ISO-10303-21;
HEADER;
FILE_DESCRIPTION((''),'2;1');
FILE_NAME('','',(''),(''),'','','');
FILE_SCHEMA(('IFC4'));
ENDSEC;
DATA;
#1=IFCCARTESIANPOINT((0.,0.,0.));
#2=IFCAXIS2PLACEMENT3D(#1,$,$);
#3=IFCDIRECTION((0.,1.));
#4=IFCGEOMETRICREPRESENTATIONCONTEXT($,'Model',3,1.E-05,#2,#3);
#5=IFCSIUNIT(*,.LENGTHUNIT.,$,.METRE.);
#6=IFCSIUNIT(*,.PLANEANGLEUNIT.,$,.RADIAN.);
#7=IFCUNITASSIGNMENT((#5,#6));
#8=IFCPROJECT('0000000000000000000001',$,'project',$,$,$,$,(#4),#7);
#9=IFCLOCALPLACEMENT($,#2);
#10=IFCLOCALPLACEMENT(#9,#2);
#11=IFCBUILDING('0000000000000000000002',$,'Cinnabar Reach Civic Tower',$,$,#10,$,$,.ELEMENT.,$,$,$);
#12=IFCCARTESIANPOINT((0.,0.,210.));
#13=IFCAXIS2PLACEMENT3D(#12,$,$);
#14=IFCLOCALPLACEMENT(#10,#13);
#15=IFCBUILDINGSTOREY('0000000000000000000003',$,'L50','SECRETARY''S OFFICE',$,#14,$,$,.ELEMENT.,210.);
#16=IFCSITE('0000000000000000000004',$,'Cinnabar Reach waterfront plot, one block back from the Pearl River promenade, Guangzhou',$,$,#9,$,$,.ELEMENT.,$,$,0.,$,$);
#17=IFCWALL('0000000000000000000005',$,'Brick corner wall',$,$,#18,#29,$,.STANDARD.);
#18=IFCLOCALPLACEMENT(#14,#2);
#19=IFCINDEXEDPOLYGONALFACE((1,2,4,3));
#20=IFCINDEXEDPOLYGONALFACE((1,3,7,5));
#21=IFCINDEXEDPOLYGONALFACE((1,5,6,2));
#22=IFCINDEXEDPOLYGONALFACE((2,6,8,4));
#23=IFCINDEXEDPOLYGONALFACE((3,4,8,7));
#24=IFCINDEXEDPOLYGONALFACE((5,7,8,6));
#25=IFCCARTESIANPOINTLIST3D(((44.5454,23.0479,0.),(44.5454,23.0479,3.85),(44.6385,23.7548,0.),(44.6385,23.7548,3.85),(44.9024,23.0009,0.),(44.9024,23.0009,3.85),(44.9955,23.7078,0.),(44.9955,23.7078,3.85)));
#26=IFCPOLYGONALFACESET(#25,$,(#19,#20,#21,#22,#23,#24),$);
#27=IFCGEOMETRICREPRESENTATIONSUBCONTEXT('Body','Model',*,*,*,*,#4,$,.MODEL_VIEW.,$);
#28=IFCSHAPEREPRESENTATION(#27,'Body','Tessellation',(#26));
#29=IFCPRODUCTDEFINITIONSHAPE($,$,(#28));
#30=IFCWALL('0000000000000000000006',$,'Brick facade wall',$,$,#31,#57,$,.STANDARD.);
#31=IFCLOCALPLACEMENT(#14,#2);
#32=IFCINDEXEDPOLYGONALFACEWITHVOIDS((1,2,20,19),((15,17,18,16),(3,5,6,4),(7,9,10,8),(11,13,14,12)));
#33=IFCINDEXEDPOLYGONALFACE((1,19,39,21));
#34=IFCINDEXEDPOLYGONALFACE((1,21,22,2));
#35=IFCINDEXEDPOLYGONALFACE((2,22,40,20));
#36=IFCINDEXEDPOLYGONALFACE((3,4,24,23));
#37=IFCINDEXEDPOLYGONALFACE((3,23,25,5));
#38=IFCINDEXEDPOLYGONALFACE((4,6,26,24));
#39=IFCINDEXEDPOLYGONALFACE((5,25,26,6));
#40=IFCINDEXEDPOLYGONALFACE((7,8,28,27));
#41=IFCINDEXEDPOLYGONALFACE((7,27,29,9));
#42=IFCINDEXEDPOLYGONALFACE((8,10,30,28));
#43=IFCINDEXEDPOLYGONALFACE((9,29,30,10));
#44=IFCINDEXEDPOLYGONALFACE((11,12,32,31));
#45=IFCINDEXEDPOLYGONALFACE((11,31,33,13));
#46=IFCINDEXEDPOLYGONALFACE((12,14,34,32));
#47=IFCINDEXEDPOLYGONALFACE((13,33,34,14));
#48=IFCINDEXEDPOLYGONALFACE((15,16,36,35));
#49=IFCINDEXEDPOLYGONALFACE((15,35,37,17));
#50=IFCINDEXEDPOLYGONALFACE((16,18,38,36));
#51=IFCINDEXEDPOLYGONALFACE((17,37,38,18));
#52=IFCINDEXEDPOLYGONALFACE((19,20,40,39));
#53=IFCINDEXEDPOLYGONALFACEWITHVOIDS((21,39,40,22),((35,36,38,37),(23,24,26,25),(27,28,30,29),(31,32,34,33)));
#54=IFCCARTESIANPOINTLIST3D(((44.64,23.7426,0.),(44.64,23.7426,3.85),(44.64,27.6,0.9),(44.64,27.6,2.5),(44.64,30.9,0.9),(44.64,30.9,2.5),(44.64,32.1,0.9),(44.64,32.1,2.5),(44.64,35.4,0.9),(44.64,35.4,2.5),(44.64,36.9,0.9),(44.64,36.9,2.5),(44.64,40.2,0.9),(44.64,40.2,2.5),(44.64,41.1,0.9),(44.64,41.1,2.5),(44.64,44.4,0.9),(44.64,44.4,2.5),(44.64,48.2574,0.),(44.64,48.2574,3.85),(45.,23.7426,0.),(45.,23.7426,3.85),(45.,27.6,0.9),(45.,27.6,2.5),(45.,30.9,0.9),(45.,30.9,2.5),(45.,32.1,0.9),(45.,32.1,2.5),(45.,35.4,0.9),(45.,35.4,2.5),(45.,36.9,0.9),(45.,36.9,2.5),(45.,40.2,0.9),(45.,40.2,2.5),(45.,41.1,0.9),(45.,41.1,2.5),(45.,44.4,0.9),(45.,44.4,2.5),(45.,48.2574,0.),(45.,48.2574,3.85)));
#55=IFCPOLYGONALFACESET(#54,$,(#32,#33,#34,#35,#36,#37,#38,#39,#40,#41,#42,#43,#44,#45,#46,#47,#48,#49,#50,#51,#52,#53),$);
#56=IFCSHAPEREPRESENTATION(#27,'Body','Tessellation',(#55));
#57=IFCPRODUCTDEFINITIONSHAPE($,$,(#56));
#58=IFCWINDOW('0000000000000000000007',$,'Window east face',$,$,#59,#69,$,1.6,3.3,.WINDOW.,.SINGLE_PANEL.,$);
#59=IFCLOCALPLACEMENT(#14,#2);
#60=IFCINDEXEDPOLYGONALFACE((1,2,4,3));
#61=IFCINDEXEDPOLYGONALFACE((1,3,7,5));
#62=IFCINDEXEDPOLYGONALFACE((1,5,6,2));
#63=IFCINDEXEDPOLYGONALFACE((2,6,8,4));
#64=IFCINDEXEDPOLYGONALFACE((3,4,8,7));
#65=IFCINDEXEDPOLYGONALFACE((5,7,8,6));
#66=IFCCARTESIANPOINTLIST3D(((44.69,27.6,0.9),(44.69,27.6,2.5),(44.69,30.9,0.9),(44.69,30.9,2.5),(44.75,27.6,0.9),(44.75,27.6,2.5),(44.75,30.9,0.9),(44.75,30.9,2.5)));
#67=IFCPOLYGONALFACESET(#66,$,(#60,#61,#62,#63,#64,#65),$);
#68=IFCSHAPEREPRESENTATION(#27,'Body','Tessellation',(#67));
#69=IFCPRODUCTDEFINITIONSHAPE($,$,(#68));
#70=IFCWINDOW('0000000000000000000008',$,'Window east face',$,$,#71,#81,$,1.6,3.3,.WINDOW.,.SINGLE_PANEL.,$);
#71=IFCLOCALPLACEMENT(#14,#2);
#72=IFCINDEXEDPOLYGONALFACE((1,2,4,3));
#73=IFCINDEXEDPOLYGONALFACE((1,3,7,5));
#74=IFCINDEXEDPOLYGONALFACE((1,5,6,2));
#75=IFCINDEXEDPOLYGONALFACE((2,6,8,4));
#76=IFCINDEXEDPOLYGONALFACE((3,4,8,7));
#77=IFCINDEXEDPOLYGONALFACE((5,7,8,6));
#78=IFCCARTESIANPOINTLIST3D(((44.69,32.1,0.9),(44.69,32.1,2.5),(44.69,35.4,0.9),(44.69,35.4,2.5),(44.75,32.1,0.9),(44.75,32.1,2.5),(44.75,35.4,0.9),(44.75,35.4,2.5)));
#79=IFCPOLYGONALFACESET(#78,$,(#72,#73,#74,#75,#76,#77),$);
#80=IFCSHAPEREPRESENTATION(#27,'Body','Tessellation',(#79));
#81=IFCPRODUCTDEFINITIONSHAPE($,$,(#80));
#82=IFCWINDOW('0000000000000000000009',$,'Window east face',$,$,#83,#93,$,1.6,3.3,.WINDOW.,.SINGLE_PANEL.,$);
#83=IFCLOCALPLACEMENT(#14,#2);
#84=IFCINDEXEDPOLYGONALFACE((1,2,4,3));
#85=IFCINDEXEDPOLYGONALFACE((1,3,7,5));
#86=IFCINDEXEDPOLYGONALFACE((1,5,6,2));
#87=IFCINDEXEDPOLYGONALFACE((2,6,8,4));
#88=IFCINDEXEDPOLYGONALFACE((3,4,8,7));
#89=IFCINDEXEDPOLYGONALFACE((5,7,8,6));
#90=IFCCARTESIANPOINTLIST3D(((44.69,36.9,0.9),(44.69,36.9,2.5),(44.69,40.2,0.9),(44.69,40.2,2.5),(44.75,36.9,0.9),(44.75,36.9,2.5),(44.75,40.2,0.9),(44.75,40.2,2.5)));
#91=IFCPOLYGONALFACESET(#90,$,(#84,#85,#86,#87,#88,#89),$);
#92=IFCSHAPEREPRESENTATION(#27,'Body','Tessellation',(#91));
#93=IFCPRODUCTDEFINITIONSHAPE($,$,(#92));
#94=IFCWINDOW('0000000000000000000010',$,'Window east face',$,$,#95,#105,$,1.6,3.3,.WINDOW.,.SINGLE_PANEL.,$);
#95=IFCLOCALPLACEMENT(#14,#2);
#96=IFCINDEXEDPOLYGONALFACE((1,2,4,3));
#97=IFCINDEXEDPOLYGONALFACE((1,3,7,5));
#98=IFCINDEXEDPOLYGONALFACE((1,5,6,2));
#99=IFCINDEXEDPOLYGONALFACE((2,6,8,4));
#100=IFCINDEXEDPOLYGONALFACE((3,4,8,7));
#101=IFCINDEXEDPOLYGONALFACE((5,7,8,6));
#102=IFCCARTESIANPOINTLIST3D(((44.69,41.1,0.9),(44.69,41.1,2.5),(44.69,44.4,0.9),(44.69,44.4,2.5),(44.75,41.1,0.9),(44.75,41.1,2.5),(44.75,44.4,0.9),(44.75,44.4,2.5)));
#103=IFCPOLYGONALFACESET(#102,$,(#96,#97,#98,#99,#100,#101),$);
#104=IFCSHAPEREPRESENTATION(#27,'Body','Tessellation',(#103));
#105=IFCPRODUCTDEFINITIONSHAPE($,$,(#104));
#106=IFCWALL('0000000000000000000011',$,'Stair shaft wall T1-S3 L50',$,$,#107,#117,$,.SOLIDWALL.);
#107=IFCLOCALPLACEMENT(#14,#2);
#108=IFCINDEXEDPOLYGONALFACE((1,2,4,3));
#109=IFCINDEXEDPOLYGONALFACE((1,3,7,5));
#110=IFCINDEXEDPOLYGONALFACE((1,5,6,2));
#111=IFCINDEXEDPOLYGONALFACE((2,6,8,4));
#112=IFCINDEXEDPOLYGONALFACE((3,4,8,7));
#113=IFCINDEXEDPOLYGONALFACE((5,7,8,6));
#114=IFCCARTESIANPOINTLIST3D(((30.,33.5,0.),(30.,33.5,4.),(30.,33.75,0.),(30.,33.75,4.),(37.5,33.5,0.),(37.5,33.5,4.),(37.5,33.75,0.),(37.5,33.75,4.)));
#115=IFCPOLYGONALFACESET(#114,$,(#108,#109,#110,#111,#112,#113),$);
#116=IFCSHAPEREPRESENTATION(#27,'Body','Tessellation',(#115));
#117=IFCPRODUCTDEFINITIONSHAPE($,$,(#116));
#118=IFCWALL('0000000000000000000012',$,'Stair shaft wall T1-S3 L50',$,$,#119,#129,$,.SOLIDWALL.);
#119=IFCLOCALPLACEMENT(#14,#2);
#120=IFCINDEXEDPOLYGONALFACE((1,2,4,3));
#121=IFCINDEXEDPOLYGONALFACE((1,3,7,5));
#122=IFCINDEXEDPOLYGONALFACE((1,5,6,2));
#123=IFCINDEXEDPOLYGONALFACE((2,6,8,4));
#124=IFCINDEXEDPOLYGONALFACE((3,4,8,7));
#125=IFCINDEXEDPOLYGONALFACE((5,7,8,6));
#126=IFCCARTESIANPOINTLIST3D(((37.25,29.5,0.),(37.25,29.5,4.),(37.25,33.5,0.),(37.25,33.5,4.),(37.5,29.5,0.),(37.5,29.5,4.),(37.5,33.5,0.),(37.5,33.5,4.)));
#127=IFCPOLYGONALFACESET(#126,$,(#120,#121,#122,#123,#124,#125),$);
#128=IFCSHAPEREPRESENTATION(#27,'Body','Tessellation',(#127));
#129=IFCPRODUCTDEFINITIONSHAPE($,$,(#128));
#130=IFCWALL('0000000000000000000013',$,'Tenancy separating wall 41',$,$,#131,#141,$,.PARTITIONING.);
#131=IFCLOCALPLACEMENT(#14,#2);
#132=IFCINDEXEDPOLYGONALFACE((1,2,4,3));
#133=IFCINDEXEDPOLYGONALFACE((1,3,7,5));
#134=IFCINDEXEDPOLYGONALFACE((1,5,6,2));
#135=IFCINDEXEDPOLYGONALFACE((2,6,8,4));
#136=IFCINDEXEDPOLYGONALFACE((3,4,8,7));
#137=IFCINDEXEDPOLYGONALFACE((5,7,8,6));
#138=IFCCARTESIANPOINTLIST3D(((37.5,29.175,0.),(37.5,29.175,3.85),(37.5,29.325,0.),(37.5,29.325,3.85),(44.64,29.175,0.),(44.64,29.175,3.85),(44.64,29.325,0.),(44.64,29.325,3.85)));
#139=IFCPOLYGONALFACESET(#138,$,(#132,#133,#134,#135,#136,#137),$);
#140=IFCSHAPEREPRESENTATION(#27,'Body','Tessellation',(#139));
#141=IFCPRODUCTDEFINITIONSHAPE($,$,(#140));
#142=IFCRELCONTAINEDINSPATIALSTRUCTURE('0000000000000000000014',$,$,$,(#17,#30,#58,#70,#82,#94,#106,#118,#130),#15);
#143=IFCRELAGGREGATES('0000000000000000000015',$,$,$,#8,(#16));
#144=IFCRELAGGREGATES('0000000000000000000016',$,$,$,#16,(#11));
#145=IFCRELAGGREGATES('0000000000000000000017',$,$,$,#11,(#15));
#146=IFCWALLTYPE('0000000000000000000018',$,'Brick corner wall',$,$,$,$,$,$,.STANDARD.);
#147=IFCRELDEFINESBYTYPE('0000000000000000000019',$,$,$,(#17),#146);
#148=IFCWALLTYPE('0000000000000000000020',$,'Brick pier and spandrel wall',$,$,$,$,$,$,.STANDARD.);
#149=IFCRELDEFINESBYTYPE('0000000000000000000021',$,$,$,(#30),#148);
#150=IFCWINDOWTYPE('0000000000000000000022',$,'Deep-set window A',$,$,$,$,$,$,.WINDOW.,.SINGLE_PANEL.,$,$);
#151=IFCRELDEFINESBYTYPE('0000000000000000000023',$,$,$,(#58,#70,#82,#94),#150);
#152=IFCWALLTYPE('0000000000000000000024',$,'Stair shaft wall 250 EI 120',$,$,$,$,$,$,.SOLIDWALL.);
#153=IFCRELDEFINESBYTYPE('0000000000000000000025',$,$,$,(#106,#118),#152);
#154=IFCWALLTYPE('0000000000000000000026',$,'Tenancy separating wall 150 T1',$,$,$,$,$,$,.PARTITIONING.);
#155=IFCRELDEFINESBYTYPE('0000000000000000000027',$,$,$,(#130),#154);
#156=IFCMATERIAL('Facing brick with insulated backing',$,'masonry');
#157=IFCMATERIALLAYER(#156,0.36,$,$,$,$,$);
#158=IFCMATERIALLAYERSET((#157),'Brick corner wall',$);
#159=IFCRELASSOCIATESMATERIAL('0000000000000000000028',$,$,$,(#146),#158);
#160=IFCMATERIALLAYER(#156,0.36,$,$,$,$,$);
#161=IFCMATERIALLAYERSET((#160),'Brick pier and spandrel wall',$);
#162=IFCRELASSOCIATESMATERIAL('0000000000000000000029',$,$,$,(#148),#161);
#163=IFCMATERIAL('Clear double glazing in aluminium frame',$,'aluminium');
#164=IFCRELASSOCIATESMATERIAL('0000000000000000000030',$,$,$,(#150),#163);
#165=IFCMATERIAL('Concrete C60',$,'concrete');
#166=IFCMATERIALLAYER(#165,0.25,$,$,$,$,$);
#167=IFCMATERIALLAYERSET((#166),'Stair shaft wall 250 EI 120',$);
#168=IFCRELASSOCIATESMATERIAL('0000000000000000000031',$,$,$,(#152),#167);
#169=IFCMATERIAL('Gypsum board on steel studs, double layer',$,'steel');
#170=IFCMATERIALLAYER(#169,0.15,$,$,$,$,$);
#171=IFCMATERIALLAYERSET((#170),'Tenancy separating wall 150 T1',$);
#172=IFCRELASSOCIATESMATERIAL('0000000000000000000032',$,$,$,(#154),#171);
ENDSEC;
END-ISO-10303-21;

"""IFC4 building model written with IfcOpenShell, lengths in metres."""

from ifc_helpers import new_model, si_unit, direction, frame, frame_2d, origin, place, context, subcontext, project, spatial, rectangle, extrude, material, layer, layer_set, type_object, element, fill, save


model = new_model("IFC4")

# Units and contexts
model_context = context("Model", 3, precision=1e-05, world=origin(), true_north=direction((0.0, 1.0)))
body_context = subcontext(model_context, "Body", "Model", "MODEL_VIEW")
ifc_project = project(units=[si_unit("LENGTHUNIT", "METRE"), si_unit("PLANEANGLEUNIT", "RADIAN")], contexts=[model_context])

# Site, building, storey
site_placement = place(None, origin())
site = spatial("IfcSite", under=ifc_project, at=site_placement, Name="Cinnabar Reach waterfront plot, one block back from the Pearl River promenade, Guangzhou", CompositionType="ELEMENT", RefElevation=0.0)
building_placement = place(site_placement, origin())
building = spatial("IfcBuilding", under=site, at=building_placement, Name="Cinnabar Reach Civic Tower", CompositionType="ELEMENT")
storey_placement = place(building_placement, frame((0.0, 0.0, 210.0)))
storey = spatial("IfcBuildingStorey", under=building, at=storey_placement, Name="L50", Description="SECRETARY'S OFFICE", CompositionType="ELEMENT", Elevation=210.0)

# Shared definitions
ifc_material_1 = material(Name="Concrete C60", Category="concrete")

# Wall
ifc_material_2 = material(Name="Facing brick with insulated backing", Category="masonry")
ifc_layer_1 = layer(ifc_material_2, 0.36)
ifc_layer_set_1 = layer_set([ifc_layer_1], Name="Brick corner wall")
wall_type_1 = type_object("IfcWallType", Name="Brick corner wall", PredefinedType="STANDARD", material=ifc_layer_set_1)
wall_1_placement = place(storey_placement, frame((44.7239, 23.0244, 0.0), z_axis=(0.0, 0.0, 1.0), x_axis=(0.130556, 0.991441, 0.0)))
element("IfcWall", 1, at=wall_1_placement, inside=storey, type_object=wall_type_1, Name="Brick corner wall", PredefinedType="STANDARD", context=body_context, shape_type="SweptSolid", body=[
    extrude(rectangle(XDim=0.7131, YDim=0.36, at=frame_2d((0.3565, 0.0))), origin(), (0.0, 0.0, 1.0), 3.85),
])

# Wall, openings, windows
ifc_layer_2 = layer(ifc_material_2, 0.36)
ifc_layer_set_2 = layer_set([ifc_layer_2], Name="Brick pier and spandrel wall")
wall_type_2 = type_object("IfcWallType", Name="Brick pier and spandrel wall", PredefinedType="STANDARD", material=ifc_layer_set_2)
wall_2_placement = place(storey_placement, frame((44.82, 23.7426, 0.0), z_axis=(0.0, 0.0, 1.0), x_axis=(0.0, 1.0, 0.0)))
wall_2 = element("IfcWall", 2, at=wall_2_placement, inside=storey, type_object=wall_type_2, Name="Brick facade wall", PredefinedType="STANDARD", context=body_context, shape_type="SweptSolid", body=[
    extrude(rectangle(XDim=24.5148, YDim=0.36, at=frame_2d((12.2574, 0.0))), origin(), (0.0, 0.0, 1.0), 3.85),
])
opening_1_placement = place(wall_2_placement, frame((3.8574, 0.0, 0.9)))
opening_1 = element("IfcOpeningElement", 3, at=opening_1_placement, cuts=wall_2, PredefinedType="OPENING", context=body_context, shape_type="SweptSolid", body=[
    extrude(rectangle(XDim=3.3, YDim=1.6, at=frame_2d((1.65, 0.8))), frame((0.0, 0.19, 0.0), z_axis=(0.0, -1.0, 0.0), x_axis=(1.0, 0.0, 0.0)), (0.0, 0.0, 1.0), 0.38),
])
opening_2_placement = place(wall_2_placement, frame((8.3574, 0.0, 0.9)))
opening_2 = element("IfcOpeningElement", 4, at=opening_2_placement, cuts=wall_2, PredefinedType="OPENING", context=body_context, shape_type="SweptSolid", body=[
    extrude(rectangle(XDim=3.3, YDim=1.6, at=frame_2d((1.65, 0.8))), frame((0.0, 0.19, 0.0), z_axis=(0.0, -1.0, 0.0), x_axis=(1.0, 0.0, 0.0)), (0.0, 0.0, 1.0), 0.38),
])
opening_3_placement = place(wall_2_placement, frame((13.1574, 0.0, 0.9)))
opening_3 = element("IfcOpeningElement", 5, at=opening_3_placement, cuts=wall_2, PredefinedType="OPENING", context=body_context, shape_type="SweptSolid", body=[
    extrude(rectangle(XDim=3.3, YDim=1.6, at=frame_2d((1.65, 0.8))), frame((0.0, 0.19, 0.0), z_axis=(0.0, -1.0, 0.0), x_axis=(1.0, 0.0, 0.0)), (0.0, 0.0, 1.0), 0.38),
])
opening_4_placement = place(wall_2_placement, frame((17.3574, 0.0, 0.9)))
opening_4 = element("IfcOpeningElement", 6, at=opening_4_placement, cuts=wall_2, PredefinedType="OPENING", context=body_context, shape_type="SweptSolid", body=[
    extrude(rectangle(XDim=3.3, YDim=1.6, at=frame_2d((1.65, 0.8))), frame((0.0, 0.19, 0.0), z_axis=(0.0, -1.0, 0.0), x_axis=(1.0, 0.0, 0.0)), (0.0, 0.0, 1.0), 0.38),
])
ifc_material_3 = material(Name="Clear double glazing in aluminium frame", Category="aluminium")
window_type = type_object("IfcWindowType", Name="Deep-set window A", PartitioningType="SINGLE_PANEL", PredefinedType="WINDOW", material=ifc_material_3)
window_1_placement = place(opening_1_placement, origin())
window_1 = element("IfcWindow", 7, at=window_1_placement, inside=storey, type_object=window_type, Name="Window east face", OverallHeight=1.6, OverallWidth=3.3, PartitioningType="SINGLE_PANEL", PredefinedType="WINDOW", context=body_context, shape_type="SweptSolid", body=[
    extrude(rectangle(XDim=3.3, YDim=1.6, at=frame_2d((1.65, 0.8))), frame((0.0, 0.13, 0.0), z_axis=(0.0, -1.0, 0.0), x_axis=(1.0, 0.0, 0.0)), (0.0, 0.0, 1.0), 0.06),
])
fill(opening_1, window_1)
window_2_placement = place(opening_2_placement, origin())
window_2 = element("IfcWindow", 8, at=window_2_placement, inside=storey, type_object=window_type, Name="Window east face", OverallHeight=1.6, OverallWidth=3.3, PartitioningType="SINGLE_PANEL", PredefinedType="WINDOW", context=body_context, shape_type="SweptSolid", body=[
    extrude(rectangle(XDim=3.3, YDim=1.6, at=frame_2d((1.65, 0.8))), frame((0.0, 0.13, 0.0), z_axis=(0.0, -1.0, 0.0), x_axis=(1.0, 0.0, 0.0)), (0.0, 0.0, 1.0), 0.06),
])
fill(opening_2, window_2)
window_3_placement = place(opening_3_placement, origin())
window_3 = element("IfcWindow", 9, at=window_3_placement, inside=storey, type_object=window_type, Name="Window east face", OverallHeight=1.6, OverallWidth=3.3, PartitioningType="SINGLE_PANEL", PredefinedType="WINDOW", context=body_context, shape_type="SweptSolid", body=[
    extrude(rectangle(XDim=3.3, YDim=1.6, at=frame_2d((1.65, 0.8))), frame((0.0, 0.13, 0.0), z_axis=(0.0, -1.0, 0.0), x_axis=(1.0, 0.0, 0.0)), (0.0, 0.0, 1.0), 0.06),
])
fill(opening_3, window_3)
window_4_placement = place(opening_4_placement, origin())
window_4 = element("IfcWindow", 10, at=window_4_placement, inside=storey, type_object=window_type, Name="Window east face", OverallHeight=1.6, OverallWidth=3.3, PartitioningType="SINGLE_PANEL", PredefinedType="WINDOW", context=body_context, shape_type="SweptSolid", body=[
    extrude(rectangle(XDim=3.3, YDim=1.6, at=frame_2d((1.65, 0.8))), frame((0.0, 0.13, 0.0), z_axis=(0.0, -1.0, 0.0), x_axis=(1.0, 0.0, 0.0)), (0.0, 0.0, 1.0), 0.06),
])
fill(opening_4, window_4)

# Walls
ifc_layer_3 = layer(ifc_material_1, 0.25)
ifc_layer_set_3 = layer_set([ifc_layer_3], Name="Stair shaft wall 250 EI 120")
wall_type_3 = type_object("IfcWallType", Name="Stair shaft wall 250 EI 120", PredefinedType="SOLIDWALL", material=ifc_layer_set_3)
wall_3_placement = place(storey_placement, frame((37.5, 33.625, 0.0), z_axis=(0.0, 0.0, 1.0), x_axis=(-1.0, 0.0, 0.0)))
element("IfcWall", 11, at=wall_3_placement, inside=storey, type_object=wall_type_3, Name="Stair shaft wall T1-S3 L50", PredefinedType="SOLIDWALL", context=body_context, shape_type="SweptSolid", body=[
    extrude(rectangle(XDim=7.5, YDim=0.25, at=frame_2d((3.75, 0.0))), origin(), (0.0, 0.0, 1.0), 4.0),
])
wall_4_placement = place(storey_placement, frame((37.375, 29.5, 0.0), z_axis=(0.0, 0.0, 1.0), x_axis=(0.0, 1.0, 0.0)))
element("IfcWall", 12, at=wall_4_placement, inside=storey, type_object=wall_type_3, Name="Stair shaft wall T1-S3 L50", PredefinedType="SOLIDWALL", context=body_context, shape_type="SweptSolid", body=[
    extrude(rectangle(XDim=4.0, YDim=0.25, at=frame_2d((2.0, 0.0))), origin(), (0.0, 0.0, 1.0), 4.0),
])
ifc_material_4 = material(Name="Gypsum board on steel studs, double layer", Category="steel")
ifc_layer_4 = layer(ifc_material_4, 0.15)
ifc_layer_set_4 = layer_set([ifc_layer_4], Name="Tenancy separating wall 150 T1")
wall_type_4 = type_object("IfcWallType", Name="Tenancy separating wall 150 T1", PredefinedType="PARTITIONING", material=ifc_layer_set_4)
wall_5_placement = place(storey_placement, frame((37.5, 29.25, 0.0), z_axis=(0.0, 0.0, 1.0), x_axis=(1.0, 0.0, 0.0)))
element("IfcWall", 13, at=wall_5_placement, inside=storey, type_object=wall_type_4, Name="Tenancy separating wall 41", PredefinedType="PARTITIONING", context=body_context, shape_type="SweptSolid", body=[
    extrude(rectangle(XDim=7.14, YDim=0.15, at=frame_2d((3.57, 0.0))), origin(), (0.0, 0.0, 1.0), 3.85),
])

save(model, "model.ifc")
